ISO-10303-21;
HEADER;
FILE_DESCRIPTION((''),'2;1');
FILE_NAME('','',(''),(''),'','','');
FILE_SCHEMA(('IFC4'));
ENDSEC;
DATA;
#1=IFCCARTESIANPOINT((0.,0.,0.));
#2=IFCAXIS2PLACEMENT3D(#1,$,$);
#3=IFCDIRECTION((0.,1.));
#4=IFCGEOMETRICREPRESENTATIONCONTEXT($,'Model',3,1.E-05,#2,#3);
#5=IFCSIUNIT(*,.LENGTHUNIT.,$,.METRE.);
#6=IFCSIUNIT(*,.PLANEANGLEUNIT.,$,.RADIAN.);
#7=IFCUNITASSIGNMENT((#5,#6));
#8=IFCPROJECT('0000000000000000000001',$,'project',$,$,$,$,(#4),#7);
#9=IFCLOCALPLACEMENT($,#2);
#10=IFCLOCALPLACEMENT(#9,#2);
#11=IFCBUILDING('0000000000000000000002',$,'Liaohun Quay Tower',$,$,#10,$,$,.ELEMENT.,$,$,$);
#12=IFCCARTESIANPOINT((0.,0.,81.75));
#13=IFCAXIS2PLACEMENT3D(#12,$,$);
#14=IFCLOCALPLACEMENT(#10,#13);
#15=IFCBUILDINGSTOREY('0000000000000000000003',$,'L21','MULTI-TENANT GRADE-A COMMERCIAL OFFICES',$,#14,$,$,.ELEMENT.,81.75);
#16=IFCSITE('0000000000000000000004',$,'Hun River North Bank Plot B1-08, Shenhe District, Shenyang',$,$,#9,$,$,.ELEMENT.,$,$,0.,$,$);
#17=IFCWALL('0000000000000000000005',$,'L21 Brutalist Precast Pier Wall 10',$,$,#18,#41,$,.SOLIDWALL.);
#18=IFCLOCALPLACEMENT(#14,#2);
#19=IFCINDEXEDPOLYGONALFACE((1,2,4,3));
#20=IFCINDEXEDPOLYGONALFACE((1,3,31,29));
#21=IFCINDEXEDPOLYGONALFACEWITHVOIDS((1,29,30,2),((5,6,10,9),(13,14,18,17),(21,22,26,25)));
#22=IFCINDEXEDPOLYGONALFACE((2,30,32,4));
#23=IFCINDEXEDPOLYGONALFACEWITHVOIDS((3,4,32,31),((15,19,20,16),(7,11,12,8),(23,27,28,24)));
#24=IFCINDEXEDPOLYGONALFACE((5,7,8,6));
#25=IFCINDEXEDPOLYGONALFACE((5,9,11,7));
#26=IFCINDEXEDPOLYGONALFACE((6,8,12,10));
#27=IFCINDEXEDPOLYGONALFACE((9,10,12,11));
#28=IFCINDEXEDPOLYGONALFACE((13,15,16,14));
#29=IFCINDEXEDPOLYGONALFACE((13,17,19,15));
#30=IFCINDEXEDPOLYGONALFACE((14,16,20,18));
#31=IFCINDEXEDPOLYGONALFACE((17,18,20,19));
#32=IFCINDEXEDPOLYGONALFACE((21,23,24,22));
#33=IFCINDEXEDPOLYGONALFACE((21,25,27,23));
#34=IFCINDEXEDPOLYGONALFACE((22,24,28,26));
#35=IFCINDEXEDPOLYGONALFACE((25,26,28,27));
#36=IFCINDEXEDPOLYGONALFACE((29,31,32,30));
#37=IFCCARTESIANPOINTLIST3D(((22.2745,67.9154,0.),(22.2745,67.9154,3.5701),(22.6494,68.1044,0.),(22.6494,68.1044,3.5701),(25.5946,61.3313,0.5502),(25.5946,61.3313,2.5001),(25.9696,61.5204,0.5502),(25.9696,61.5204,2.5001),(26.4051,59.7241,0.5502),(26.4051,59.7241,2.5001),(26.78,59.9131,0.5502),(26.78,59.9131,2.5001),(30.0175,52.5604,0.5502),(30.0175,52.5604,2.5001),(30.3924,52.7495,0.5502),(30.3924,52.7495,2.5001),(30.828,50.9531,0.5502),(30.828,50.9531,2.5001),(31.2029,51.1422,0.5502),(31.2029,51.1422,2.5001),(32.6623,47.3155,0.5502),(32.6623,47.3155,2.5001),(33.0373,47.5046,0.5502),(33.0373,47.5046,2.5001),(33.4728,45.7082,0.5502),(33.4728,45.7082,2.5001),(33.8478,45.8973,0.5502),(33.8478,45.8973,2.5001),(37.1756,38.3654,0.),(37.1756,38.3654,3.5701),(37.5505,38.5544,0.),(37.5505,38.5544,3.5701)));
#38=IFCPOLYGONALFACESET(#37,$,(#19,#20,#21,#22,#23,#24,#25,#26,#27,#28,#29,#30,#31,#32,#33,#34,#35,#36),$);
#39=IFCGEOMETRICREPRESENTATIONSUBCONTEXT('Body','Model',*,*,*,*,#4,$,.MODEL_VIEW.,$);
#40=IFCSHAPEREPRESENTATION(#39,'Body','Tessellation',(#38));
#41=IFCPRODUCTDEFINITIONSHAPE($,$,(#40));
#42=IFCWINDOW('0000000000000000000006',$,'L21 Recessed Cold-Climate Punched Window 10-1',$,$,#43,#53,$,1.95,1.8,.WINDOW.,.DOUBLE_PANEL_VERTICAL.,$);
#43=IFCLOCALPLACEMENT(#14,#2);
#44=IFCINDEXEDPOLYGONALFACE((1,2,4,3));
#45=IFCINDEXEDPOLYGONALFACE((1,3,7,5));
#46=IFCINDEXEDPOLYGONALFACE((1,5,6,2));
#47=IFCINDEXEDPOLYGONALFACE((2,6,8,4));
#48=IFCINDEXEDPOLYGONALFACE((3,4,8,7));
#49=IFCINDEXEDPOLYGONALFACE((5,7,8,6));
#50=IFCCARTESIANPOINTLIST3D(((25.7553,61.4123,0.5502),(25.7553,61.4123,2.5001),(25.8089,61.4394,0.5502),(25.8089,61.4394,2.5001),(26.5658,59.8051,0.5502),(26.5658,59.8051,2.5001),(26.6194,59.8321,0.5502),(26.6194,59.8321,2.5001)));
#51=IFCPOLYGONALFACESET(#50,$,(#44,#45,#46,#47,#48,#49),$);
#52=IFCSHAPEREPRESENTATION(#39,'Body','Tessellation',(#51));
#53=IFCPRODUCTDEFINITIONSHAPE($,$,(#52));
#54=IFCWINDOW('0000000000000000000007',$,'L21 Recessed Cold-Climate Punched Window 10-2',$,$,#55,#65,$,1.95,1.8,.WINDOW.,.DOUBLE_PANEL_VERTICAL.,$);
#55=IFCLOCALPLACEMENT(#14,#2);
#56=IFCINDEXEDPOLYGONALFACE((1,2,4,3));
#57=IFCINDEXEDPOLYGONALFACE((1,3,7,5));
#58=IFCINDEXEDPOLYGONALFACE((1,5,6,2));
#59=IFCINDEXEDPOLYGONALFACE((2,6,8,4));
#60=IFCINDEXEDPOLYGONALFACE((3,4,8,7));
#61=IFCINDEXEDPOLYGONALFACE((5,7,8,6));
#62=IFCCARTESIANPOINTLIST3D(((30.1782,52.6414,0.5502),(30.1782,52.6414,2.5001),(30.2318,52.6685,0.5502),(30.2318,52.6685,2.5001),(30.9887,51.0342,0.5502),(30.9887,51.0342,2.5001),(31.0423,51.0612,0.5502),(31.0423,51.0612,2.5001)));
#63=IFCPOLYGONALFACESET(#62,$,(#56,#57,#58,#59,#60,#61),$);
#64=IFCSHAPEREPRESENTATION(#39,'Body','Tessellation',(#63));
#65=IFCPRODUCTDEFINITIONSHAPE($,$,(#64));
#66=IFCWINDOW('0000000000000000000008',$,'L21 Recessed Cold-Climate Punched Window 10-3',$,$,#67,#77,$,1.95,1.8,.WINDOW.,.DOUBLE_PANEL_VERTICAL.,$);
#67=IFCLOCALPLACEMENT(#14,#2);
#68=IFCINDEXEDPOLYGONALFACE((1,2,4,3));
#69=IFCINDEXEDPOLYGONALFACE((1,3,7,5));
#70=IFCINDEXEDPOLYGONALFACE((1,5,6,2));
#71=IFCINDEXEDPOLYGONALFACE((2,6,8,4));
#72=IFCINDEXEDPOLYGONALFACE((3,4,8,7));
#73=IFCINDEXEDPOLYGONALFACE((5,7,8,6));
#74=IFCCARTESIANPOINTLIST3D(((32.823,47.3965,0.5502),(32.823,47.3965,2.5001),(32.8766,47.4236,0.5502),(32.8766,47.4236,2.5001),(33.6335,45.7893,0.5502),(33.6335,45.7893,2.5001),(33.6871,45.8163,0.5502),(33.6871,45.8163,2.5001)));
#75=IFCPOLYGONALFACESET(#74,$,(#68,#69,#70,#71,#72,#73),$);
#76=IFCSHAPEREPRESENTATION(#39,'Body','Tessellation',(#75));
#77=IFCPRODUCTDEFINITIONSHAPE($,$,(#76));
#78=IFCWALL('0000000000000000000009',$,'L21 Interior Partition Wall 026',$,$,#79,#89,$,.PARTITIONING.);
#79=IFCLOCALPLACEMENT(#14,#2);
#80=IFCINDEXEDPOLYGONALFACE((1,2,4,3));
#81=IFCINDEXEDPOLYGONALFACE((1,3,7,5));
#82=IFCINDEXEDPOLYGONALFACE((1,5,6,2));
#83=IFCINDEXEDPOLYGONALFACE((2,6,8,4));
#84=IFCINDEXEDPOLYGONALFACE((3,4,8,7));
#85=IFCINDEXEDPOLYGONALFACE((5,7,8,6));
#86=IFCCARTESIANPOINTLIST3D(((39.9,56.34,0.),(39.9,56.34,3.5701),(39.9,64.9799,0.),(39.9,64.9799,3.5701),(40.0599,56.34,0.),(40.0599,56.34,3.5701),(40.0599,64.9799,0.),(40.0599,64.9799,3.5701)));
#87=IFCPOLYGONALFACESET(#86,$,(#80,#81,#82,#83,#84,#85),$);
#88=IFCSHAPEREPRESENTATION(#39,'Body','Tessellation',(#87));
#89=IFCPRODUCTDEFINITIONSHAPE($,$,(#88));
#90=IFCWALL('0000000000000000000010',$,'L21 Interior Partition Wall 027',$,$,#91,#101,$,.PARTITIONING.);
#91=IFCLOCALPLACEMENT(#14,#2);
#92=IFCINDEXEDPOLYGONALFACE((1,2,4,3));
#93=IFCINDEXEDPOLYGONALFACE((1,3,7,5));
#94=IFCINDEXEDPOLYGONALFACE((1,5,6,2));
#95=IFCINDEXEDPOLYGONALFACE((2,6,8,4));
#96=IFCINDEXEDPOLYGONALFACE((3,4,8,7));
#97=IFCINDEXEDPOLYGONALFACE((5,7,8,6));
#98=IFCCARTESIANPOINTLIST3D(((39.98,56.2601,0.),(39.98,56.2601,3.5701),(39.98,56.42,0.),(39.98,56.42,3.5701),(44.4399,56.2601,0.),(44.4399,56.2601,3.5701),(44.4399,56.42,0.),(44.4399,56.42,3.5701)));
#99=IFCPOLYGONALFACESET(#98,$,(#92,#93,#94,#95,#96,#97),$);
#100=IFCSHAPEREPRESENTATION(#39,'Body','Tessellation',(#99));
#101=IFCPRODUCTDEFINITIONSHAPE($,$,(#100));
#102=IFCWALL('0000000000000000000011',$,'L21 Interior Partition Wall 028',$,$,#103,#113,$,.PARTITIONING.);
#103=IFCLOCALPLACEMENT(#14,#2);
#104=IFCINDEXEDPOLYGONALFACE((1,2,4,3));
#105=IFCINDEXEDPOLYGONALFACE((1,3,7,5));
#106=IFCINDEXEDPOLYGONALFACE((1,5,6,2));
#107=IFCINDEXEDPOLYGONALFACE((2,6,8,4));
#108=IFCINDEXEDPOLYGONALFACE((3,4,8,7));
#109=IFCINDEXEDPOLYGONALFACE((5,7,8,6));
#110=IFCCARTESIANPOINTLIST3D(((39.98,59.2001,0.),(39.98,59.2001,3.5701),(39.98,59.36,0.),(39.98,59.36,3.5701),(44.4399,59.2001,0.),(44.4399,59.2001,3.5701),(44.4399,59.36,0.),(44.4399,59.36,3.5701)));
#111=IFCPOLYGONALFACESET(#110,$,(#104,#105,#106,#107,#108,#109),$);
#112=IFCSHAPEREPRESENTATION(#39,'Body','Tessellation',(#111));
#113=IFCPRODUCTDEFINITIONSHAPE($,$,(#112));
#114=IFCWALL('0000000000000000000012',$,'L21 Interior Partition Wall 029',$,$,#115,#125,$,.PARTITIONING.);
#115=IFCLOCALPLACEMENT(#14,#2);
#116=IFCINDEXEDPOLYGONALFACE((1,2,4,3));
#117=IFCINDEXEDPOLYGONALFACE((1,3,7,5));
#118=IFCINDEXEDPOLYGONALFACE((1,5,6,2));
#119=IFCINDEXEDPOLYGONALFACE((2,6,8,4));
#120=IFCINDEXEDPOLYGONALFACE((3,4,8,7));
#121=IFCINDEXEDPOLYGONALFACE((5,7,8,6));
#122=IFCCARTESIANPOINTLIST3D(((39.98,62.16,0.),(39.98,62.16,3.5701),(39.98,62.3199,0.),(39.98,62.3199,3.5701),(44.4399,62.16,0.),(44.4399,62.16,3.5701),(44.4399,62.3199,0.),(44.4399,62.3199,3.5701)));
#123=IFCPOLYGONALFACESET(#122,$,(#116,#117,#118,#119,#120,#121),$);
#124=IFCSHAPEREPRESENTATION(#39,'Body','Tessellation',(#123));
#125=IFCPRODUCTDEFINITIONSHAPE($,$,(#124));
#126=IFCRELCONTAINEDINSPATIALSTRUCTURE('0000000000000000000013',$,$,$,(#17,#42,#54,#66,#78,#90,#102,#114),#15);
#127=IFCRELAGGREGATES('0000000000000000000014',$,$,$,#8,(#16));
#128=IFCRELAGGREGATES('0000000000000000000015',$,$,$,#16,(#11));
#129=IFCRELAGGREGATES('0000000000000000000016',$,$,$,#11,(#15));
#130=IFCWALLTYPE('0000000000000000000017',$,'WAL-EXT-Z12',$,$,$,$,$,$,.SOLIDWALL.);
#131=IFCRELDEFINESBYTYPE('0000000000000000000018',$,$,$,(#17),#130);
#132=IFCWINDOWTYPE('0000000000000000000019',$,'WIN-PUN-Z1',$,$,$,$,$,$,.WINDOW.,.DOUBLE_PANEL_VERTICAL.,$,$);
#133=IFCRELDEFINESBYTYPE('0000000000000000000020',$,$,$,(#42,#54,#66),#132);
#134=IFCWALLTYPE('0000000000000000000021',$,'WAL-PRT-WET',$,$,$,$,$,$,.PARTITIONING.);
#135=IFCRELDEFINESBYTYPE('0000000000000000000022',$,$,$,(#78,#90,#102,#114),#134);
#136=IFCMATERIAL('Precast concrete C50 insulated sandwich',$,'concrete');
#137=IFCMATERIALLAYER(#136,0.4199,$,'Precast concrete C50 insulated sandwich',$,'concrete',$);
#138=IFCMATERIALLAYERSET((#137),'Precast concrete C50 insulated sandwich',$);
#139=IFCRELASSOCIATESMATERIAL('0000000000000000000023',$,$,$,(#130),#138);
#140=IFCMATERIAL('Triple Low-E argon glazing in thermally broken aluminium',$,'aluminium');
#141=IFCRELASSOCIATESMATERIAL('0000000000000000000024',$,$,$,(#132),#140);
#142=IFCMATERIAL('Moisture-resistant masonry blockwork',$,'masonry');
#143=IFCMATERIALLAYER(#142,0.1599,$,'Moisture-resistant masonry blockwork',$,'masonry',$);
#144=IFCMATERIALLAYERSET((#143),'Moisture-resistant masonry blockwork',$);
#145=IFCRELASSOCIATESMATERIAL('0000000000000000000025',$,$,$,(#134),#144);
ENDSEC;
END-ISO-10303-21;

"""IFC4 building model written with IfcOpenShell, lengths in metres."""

from ifc_helpers import new_model, si_unit, direction, frame, frame_2d, origin, place, context, subcontext, project, spatial, rectangle, extrude, source, transform, mapped, material, layer, layer_set, type_object, element, fill, save


model = new_model("IFC4")

# Units and contexts
model_context = context("Model", 3, precision=1e-05, world=origin(), true_north=direction((0.0, 1.0)))
body_context = subcontext(model_context, "Body", "Model", "MODEL_VIEW")
ifc_project = project(units=[si_unit("LENGTHUNIT", "METRE"), si_unit("PLANEANGLEUNIT", "RADIAN")], contexts=[model_context])

# Site, building, storey
site_placement = place(None, origin())
site = spatial("IfcSite", under=ifc_project, at=site_placement, Name="Hun River North Bank Plot B1-08, Shenhe District, Shenyang", CompositionType="ELEMENT", RefElevation=0.0)
building_placement = place(site_placement, origin())
building = spatial("IfcBuilding", under=site, at=building_placement, Name="Liaohun Quay Tower", CompositionType="ELEMENT")
storey_placement = place(building_placement, frame((0.0, 0.0, 81.75)))
storey = spatial("IfcBuildingStorey", under=building, at=storey_placement, Name="L21", Description="MULTI-TENANT GRADE-A COMMERCIAL OFFICES", CompositionType="ELEMENT", Elevation=81.75)

# Shared definitions
ifc_material_1 = material(Name="Precast concrete C50 insulated sandwich", Category="concrete")
ifc_layer_1 = layer(ifc_material_1, 0.4199, Name="Precast concrete C50 insulated sandwich", Category="concrete")
ifc_layer_set_1 = layer_set([ifc_layer_1], Name="Precast concrete C50 insulated sandwich")
wall_type_1 = type_object("IfcWallType", Name="WAL-EXT-Z12", PredefinedType="SOLIDWALL", material=ifc_layer_set_1)

# Wall, openings, windows
wall_1_placement = place(storey_placement, frame((22.4619, 68.01, 0.0), z_axis=(0.0, 0.0, 1.0), x_axis=(0.450259, -0.892898, 0.0)))
wall_1 = element("IfcWall", 1, at=wall_1_placement, inside=storey, type_object=wall_type_1, Name="L21 Brutalist Precast Pier Wall 10", PredefinedType="SOLIDWALL", context=body_context, shape_type="SweptSolid", body=[
    extrude(rectangle(XDim=33.0945, YDim=0.4199, at=frame_2d((16.5474, 0.0))), origin(), (0.0, 0.0, 1.0), 3.5701),
])
shared_shape_1 = source(origin(), body_context, "Body", "SweptSolid", [
    extrude(rectangle(XDim=1.8, YDim=1.95, at=frame_2d((0.8999, 0.9751))), frame((0.0, 0.22, 0.0), z_axis=(0.0, -1.0, 0.0), x_axis=(1.0, 0.0, 0.0)), (0.0, 0.0, 1.0), 0.4399),
])
opening_1_placement = place(wall_1_placement, frame((7.374, 0.0, 0.55)))
opening_1 = element("IfcOpeningElement", 2, at=opening_1_placement, cuts=wall_1, PredefinedType="OPENING", context=body_context, shape_type="MappedRepresentation", body=[
    mapped(shared_shape_1, transform((0.0, 0.0, 0.0), x_axis=(1.0, 0.0, 0.0), y_axis=(0.0, 1.0, 0.0), z_axis=(0.0, 0.0, 1.0), scale=1.0)),
])
opening_2_placement = place(wall_1_placement, frame((17.197, 0.0, 0.55)))
opening_2 = element("IfcOpeningElement", 3, at=opening_2_placement, cuts=wall_1, PredefinedType="OPENING", context=body_context, shape_type="MappedRepresentation", body=[
    mapped(shared_shape_1, transform((0.0, 0.0, 0.0), x_axis=(1.0, 0.0, 0.0), y_axis=(0.0, 1.0, 0.0), z_axis=(0.0, 0.0, 1.0), scale=1.0)),
])
opening_3_placement = place(wall_1_placement, frame((23.071, 0.0, 0.55)))
opening_3 = element("IfcOpeningElement", 4, at=opening_3_placement, cuts=wall_1, PredefinedType="OPENING", context=body_context, shape_type="MappedRepresentation", body=[
    mapped(shared_shape_1, transform((0.0, 0.0, 0.0), x_axis=(1.0, 0.0, 0.0), y_axis=(0.0, 1.0, 0.0), z_axis=(0.0, 0.0, 1.0), scale=1.0)),
])
ifc_material_2 = material(Name="Triple Low-E argon glazing in thermally broken aluminium", Category="aluminium")
window_type_1 = type_object("IfcWindowType", Name="WIN-PUN-Z1", PartitioningType="DOUBLE_PANEL_VERTICAL", PredefinedType="WINDOW", material=ifc_material_2)
shared_shape_2 = source(origin(), body_context, "Body", "SweptSolid", [
    extrude(rectangle(XDim=1.8, YDim=1.95, at=frame_2d((0.8999, 0.9751))), frame((0.0, 0.03, 0.0), z_axis=(0.0, -1.0, 0.0), x_axis=(1.0, 0.0, 0.0)), (0.0, 0.0, 1.0), 0.0601),
])
window_1_placement = place(opening_1_placement, origin())
window_1 = element("IfcWindow", 5, at=window_1_placement, inside=storey, type_object=window_type_1, Name="L21 Recessed Cold-Climate Punched Window 10-1", OverallHeight=1.95, OverallWidth=1.8, PartitioningType="DOUBLE_PANEL_VERTICAL", PredefinedType="WINDOW", context=body_context, shape_type="MappedRepresentation", body=[
    mapped(shared_shape_2, transform((0.0, 0.0, 0.0), x_axis=(1.0, 0.0, 0.0), y_axis=(0.0, 1.0, 0.0), z_axis=(0.0, 0.0, 1.0), scale=1.0)),
])
fill(opening_1, window_1)
window_2_placement = place(opening_2_placement, origin())
window_2 = element("IfcWindow", 6, at=window_2_placement, inside=storey, type_object=window_type_1, Name="L21 Recessed Cold-Climate Punched Window 10-2", OverallHeight=1.95, OverallWidth=1.8, PartitioningType="DOUBLE_PANEL_VERTICAL", PredefinedType="WINDOW", context=body_context, shape_type="MappedRepresentation", body=[
    mapped(shared_shape_2, transform((0.0, 0.0, 0.0), x_axis=(1.0, 0.0, 0.0), y_axis=(0.0, 1.0, 0.0), z_axis=(0.0, 0.0, 1.0), scale=1.0)),
])
fill(opening_2, window_2)
window_3_placement = place(opening_3_placement, origin())
window_3 = element("IfcWindow", 7, at=window_3_placement, inside=storey, type_object=window_type_1, Name="L21 Recessed Cold-Climate Punched Window 10-3", OverallHeight=1.95, OverallWidth=1.8, PartitioningType="DOUBLE_PANEL_VERTICAL", PredefinedType="WINDOW", context=body_context, shape_type="MappedRepresentation", body=[
    mapped(shared_shape_2, transform((0.0, 0.0, 0.0), x_axis=(1.0, 0.0, 0.0), y_axis=(0.0, 1.0, 0.0), z_axis=(0.0, 0.0, 1.0), scale=1.0)),
])
fill(opening_3, window_3)

# Walls
ifc_material_3 = material(Name="Moisture-resistant masonry blockwork", Category="masonry")
ifc_layer_2 = layer(ifc_material_3, 0.1599, Name="Moisture-resistant masonry blockwork", Category="masonry")
ifc_layer_set_2 = layer_set([ifc_layer_2], Name="Moisture-resistant masonry blockwork")
wall_type_2 = type_object("IfcWallType", Name="WAL-PRT-WET", PredefinedType="PARTITIONING", material=ifc_layer_set_2)
wall_2_placement = place(storey_placement, frame((39.98, 56.3401, 0.0), z_axis=(0.0, 0.0, 1.0), x_axis=(0.0, 1.0, 0.0)))
element("IfcWall", 8, at=wall_2_placement, inside=storey, type_object=wall_type_2, Name="L21 Interior Partition Wall 026", PredefinedType="PARTITIONING", context=body_context, shape_type="SweptSolid", body=[
    extrude(rectangle(XDim=8.6399, YDim=0.1599, at=frame_2d((4.3198, 0.0))), origin(), (0.0, 0.0, 1.0), 3.5701),
])
for number, where, z_axis, x_axis, name in (
    (9, (39.98, 56.3401, 0.0), (0.0, 0.0, 1.0), (1.0, 0.0, 0.0), "L21 Interior Partition Wall 027"),
    (10, (39.98, 59.28, 0.0), (0.0, 0.0, 1.0), (1.0, 0.0, 0.0), "L21 Interior Partition Wall 028"),
    (11, (39.98, 62.24, 0.0), (0.0, 0.0, 1.0), (1.0, 0.0, 0.0), "L21 Interior Partition Wall 029"),
):
    element("IfcWall", number, at=place(storey_placement, frame(where, z_axis=z_axis, x_axis=x_axis)), inside=storey, type_object=wall_type_2, Name=name, PredefinedType="PARTITIONING", context=body_context, shape_type="SweptSolid", body=[
        extrude(rectangle(XDim=4.46, YDim=0.1599, at=frame_2d((2.23, 0.0))), origin(), (0.0, 0.0, 1.0), 3.5701),
    ])

save(model, "model.ifc")
